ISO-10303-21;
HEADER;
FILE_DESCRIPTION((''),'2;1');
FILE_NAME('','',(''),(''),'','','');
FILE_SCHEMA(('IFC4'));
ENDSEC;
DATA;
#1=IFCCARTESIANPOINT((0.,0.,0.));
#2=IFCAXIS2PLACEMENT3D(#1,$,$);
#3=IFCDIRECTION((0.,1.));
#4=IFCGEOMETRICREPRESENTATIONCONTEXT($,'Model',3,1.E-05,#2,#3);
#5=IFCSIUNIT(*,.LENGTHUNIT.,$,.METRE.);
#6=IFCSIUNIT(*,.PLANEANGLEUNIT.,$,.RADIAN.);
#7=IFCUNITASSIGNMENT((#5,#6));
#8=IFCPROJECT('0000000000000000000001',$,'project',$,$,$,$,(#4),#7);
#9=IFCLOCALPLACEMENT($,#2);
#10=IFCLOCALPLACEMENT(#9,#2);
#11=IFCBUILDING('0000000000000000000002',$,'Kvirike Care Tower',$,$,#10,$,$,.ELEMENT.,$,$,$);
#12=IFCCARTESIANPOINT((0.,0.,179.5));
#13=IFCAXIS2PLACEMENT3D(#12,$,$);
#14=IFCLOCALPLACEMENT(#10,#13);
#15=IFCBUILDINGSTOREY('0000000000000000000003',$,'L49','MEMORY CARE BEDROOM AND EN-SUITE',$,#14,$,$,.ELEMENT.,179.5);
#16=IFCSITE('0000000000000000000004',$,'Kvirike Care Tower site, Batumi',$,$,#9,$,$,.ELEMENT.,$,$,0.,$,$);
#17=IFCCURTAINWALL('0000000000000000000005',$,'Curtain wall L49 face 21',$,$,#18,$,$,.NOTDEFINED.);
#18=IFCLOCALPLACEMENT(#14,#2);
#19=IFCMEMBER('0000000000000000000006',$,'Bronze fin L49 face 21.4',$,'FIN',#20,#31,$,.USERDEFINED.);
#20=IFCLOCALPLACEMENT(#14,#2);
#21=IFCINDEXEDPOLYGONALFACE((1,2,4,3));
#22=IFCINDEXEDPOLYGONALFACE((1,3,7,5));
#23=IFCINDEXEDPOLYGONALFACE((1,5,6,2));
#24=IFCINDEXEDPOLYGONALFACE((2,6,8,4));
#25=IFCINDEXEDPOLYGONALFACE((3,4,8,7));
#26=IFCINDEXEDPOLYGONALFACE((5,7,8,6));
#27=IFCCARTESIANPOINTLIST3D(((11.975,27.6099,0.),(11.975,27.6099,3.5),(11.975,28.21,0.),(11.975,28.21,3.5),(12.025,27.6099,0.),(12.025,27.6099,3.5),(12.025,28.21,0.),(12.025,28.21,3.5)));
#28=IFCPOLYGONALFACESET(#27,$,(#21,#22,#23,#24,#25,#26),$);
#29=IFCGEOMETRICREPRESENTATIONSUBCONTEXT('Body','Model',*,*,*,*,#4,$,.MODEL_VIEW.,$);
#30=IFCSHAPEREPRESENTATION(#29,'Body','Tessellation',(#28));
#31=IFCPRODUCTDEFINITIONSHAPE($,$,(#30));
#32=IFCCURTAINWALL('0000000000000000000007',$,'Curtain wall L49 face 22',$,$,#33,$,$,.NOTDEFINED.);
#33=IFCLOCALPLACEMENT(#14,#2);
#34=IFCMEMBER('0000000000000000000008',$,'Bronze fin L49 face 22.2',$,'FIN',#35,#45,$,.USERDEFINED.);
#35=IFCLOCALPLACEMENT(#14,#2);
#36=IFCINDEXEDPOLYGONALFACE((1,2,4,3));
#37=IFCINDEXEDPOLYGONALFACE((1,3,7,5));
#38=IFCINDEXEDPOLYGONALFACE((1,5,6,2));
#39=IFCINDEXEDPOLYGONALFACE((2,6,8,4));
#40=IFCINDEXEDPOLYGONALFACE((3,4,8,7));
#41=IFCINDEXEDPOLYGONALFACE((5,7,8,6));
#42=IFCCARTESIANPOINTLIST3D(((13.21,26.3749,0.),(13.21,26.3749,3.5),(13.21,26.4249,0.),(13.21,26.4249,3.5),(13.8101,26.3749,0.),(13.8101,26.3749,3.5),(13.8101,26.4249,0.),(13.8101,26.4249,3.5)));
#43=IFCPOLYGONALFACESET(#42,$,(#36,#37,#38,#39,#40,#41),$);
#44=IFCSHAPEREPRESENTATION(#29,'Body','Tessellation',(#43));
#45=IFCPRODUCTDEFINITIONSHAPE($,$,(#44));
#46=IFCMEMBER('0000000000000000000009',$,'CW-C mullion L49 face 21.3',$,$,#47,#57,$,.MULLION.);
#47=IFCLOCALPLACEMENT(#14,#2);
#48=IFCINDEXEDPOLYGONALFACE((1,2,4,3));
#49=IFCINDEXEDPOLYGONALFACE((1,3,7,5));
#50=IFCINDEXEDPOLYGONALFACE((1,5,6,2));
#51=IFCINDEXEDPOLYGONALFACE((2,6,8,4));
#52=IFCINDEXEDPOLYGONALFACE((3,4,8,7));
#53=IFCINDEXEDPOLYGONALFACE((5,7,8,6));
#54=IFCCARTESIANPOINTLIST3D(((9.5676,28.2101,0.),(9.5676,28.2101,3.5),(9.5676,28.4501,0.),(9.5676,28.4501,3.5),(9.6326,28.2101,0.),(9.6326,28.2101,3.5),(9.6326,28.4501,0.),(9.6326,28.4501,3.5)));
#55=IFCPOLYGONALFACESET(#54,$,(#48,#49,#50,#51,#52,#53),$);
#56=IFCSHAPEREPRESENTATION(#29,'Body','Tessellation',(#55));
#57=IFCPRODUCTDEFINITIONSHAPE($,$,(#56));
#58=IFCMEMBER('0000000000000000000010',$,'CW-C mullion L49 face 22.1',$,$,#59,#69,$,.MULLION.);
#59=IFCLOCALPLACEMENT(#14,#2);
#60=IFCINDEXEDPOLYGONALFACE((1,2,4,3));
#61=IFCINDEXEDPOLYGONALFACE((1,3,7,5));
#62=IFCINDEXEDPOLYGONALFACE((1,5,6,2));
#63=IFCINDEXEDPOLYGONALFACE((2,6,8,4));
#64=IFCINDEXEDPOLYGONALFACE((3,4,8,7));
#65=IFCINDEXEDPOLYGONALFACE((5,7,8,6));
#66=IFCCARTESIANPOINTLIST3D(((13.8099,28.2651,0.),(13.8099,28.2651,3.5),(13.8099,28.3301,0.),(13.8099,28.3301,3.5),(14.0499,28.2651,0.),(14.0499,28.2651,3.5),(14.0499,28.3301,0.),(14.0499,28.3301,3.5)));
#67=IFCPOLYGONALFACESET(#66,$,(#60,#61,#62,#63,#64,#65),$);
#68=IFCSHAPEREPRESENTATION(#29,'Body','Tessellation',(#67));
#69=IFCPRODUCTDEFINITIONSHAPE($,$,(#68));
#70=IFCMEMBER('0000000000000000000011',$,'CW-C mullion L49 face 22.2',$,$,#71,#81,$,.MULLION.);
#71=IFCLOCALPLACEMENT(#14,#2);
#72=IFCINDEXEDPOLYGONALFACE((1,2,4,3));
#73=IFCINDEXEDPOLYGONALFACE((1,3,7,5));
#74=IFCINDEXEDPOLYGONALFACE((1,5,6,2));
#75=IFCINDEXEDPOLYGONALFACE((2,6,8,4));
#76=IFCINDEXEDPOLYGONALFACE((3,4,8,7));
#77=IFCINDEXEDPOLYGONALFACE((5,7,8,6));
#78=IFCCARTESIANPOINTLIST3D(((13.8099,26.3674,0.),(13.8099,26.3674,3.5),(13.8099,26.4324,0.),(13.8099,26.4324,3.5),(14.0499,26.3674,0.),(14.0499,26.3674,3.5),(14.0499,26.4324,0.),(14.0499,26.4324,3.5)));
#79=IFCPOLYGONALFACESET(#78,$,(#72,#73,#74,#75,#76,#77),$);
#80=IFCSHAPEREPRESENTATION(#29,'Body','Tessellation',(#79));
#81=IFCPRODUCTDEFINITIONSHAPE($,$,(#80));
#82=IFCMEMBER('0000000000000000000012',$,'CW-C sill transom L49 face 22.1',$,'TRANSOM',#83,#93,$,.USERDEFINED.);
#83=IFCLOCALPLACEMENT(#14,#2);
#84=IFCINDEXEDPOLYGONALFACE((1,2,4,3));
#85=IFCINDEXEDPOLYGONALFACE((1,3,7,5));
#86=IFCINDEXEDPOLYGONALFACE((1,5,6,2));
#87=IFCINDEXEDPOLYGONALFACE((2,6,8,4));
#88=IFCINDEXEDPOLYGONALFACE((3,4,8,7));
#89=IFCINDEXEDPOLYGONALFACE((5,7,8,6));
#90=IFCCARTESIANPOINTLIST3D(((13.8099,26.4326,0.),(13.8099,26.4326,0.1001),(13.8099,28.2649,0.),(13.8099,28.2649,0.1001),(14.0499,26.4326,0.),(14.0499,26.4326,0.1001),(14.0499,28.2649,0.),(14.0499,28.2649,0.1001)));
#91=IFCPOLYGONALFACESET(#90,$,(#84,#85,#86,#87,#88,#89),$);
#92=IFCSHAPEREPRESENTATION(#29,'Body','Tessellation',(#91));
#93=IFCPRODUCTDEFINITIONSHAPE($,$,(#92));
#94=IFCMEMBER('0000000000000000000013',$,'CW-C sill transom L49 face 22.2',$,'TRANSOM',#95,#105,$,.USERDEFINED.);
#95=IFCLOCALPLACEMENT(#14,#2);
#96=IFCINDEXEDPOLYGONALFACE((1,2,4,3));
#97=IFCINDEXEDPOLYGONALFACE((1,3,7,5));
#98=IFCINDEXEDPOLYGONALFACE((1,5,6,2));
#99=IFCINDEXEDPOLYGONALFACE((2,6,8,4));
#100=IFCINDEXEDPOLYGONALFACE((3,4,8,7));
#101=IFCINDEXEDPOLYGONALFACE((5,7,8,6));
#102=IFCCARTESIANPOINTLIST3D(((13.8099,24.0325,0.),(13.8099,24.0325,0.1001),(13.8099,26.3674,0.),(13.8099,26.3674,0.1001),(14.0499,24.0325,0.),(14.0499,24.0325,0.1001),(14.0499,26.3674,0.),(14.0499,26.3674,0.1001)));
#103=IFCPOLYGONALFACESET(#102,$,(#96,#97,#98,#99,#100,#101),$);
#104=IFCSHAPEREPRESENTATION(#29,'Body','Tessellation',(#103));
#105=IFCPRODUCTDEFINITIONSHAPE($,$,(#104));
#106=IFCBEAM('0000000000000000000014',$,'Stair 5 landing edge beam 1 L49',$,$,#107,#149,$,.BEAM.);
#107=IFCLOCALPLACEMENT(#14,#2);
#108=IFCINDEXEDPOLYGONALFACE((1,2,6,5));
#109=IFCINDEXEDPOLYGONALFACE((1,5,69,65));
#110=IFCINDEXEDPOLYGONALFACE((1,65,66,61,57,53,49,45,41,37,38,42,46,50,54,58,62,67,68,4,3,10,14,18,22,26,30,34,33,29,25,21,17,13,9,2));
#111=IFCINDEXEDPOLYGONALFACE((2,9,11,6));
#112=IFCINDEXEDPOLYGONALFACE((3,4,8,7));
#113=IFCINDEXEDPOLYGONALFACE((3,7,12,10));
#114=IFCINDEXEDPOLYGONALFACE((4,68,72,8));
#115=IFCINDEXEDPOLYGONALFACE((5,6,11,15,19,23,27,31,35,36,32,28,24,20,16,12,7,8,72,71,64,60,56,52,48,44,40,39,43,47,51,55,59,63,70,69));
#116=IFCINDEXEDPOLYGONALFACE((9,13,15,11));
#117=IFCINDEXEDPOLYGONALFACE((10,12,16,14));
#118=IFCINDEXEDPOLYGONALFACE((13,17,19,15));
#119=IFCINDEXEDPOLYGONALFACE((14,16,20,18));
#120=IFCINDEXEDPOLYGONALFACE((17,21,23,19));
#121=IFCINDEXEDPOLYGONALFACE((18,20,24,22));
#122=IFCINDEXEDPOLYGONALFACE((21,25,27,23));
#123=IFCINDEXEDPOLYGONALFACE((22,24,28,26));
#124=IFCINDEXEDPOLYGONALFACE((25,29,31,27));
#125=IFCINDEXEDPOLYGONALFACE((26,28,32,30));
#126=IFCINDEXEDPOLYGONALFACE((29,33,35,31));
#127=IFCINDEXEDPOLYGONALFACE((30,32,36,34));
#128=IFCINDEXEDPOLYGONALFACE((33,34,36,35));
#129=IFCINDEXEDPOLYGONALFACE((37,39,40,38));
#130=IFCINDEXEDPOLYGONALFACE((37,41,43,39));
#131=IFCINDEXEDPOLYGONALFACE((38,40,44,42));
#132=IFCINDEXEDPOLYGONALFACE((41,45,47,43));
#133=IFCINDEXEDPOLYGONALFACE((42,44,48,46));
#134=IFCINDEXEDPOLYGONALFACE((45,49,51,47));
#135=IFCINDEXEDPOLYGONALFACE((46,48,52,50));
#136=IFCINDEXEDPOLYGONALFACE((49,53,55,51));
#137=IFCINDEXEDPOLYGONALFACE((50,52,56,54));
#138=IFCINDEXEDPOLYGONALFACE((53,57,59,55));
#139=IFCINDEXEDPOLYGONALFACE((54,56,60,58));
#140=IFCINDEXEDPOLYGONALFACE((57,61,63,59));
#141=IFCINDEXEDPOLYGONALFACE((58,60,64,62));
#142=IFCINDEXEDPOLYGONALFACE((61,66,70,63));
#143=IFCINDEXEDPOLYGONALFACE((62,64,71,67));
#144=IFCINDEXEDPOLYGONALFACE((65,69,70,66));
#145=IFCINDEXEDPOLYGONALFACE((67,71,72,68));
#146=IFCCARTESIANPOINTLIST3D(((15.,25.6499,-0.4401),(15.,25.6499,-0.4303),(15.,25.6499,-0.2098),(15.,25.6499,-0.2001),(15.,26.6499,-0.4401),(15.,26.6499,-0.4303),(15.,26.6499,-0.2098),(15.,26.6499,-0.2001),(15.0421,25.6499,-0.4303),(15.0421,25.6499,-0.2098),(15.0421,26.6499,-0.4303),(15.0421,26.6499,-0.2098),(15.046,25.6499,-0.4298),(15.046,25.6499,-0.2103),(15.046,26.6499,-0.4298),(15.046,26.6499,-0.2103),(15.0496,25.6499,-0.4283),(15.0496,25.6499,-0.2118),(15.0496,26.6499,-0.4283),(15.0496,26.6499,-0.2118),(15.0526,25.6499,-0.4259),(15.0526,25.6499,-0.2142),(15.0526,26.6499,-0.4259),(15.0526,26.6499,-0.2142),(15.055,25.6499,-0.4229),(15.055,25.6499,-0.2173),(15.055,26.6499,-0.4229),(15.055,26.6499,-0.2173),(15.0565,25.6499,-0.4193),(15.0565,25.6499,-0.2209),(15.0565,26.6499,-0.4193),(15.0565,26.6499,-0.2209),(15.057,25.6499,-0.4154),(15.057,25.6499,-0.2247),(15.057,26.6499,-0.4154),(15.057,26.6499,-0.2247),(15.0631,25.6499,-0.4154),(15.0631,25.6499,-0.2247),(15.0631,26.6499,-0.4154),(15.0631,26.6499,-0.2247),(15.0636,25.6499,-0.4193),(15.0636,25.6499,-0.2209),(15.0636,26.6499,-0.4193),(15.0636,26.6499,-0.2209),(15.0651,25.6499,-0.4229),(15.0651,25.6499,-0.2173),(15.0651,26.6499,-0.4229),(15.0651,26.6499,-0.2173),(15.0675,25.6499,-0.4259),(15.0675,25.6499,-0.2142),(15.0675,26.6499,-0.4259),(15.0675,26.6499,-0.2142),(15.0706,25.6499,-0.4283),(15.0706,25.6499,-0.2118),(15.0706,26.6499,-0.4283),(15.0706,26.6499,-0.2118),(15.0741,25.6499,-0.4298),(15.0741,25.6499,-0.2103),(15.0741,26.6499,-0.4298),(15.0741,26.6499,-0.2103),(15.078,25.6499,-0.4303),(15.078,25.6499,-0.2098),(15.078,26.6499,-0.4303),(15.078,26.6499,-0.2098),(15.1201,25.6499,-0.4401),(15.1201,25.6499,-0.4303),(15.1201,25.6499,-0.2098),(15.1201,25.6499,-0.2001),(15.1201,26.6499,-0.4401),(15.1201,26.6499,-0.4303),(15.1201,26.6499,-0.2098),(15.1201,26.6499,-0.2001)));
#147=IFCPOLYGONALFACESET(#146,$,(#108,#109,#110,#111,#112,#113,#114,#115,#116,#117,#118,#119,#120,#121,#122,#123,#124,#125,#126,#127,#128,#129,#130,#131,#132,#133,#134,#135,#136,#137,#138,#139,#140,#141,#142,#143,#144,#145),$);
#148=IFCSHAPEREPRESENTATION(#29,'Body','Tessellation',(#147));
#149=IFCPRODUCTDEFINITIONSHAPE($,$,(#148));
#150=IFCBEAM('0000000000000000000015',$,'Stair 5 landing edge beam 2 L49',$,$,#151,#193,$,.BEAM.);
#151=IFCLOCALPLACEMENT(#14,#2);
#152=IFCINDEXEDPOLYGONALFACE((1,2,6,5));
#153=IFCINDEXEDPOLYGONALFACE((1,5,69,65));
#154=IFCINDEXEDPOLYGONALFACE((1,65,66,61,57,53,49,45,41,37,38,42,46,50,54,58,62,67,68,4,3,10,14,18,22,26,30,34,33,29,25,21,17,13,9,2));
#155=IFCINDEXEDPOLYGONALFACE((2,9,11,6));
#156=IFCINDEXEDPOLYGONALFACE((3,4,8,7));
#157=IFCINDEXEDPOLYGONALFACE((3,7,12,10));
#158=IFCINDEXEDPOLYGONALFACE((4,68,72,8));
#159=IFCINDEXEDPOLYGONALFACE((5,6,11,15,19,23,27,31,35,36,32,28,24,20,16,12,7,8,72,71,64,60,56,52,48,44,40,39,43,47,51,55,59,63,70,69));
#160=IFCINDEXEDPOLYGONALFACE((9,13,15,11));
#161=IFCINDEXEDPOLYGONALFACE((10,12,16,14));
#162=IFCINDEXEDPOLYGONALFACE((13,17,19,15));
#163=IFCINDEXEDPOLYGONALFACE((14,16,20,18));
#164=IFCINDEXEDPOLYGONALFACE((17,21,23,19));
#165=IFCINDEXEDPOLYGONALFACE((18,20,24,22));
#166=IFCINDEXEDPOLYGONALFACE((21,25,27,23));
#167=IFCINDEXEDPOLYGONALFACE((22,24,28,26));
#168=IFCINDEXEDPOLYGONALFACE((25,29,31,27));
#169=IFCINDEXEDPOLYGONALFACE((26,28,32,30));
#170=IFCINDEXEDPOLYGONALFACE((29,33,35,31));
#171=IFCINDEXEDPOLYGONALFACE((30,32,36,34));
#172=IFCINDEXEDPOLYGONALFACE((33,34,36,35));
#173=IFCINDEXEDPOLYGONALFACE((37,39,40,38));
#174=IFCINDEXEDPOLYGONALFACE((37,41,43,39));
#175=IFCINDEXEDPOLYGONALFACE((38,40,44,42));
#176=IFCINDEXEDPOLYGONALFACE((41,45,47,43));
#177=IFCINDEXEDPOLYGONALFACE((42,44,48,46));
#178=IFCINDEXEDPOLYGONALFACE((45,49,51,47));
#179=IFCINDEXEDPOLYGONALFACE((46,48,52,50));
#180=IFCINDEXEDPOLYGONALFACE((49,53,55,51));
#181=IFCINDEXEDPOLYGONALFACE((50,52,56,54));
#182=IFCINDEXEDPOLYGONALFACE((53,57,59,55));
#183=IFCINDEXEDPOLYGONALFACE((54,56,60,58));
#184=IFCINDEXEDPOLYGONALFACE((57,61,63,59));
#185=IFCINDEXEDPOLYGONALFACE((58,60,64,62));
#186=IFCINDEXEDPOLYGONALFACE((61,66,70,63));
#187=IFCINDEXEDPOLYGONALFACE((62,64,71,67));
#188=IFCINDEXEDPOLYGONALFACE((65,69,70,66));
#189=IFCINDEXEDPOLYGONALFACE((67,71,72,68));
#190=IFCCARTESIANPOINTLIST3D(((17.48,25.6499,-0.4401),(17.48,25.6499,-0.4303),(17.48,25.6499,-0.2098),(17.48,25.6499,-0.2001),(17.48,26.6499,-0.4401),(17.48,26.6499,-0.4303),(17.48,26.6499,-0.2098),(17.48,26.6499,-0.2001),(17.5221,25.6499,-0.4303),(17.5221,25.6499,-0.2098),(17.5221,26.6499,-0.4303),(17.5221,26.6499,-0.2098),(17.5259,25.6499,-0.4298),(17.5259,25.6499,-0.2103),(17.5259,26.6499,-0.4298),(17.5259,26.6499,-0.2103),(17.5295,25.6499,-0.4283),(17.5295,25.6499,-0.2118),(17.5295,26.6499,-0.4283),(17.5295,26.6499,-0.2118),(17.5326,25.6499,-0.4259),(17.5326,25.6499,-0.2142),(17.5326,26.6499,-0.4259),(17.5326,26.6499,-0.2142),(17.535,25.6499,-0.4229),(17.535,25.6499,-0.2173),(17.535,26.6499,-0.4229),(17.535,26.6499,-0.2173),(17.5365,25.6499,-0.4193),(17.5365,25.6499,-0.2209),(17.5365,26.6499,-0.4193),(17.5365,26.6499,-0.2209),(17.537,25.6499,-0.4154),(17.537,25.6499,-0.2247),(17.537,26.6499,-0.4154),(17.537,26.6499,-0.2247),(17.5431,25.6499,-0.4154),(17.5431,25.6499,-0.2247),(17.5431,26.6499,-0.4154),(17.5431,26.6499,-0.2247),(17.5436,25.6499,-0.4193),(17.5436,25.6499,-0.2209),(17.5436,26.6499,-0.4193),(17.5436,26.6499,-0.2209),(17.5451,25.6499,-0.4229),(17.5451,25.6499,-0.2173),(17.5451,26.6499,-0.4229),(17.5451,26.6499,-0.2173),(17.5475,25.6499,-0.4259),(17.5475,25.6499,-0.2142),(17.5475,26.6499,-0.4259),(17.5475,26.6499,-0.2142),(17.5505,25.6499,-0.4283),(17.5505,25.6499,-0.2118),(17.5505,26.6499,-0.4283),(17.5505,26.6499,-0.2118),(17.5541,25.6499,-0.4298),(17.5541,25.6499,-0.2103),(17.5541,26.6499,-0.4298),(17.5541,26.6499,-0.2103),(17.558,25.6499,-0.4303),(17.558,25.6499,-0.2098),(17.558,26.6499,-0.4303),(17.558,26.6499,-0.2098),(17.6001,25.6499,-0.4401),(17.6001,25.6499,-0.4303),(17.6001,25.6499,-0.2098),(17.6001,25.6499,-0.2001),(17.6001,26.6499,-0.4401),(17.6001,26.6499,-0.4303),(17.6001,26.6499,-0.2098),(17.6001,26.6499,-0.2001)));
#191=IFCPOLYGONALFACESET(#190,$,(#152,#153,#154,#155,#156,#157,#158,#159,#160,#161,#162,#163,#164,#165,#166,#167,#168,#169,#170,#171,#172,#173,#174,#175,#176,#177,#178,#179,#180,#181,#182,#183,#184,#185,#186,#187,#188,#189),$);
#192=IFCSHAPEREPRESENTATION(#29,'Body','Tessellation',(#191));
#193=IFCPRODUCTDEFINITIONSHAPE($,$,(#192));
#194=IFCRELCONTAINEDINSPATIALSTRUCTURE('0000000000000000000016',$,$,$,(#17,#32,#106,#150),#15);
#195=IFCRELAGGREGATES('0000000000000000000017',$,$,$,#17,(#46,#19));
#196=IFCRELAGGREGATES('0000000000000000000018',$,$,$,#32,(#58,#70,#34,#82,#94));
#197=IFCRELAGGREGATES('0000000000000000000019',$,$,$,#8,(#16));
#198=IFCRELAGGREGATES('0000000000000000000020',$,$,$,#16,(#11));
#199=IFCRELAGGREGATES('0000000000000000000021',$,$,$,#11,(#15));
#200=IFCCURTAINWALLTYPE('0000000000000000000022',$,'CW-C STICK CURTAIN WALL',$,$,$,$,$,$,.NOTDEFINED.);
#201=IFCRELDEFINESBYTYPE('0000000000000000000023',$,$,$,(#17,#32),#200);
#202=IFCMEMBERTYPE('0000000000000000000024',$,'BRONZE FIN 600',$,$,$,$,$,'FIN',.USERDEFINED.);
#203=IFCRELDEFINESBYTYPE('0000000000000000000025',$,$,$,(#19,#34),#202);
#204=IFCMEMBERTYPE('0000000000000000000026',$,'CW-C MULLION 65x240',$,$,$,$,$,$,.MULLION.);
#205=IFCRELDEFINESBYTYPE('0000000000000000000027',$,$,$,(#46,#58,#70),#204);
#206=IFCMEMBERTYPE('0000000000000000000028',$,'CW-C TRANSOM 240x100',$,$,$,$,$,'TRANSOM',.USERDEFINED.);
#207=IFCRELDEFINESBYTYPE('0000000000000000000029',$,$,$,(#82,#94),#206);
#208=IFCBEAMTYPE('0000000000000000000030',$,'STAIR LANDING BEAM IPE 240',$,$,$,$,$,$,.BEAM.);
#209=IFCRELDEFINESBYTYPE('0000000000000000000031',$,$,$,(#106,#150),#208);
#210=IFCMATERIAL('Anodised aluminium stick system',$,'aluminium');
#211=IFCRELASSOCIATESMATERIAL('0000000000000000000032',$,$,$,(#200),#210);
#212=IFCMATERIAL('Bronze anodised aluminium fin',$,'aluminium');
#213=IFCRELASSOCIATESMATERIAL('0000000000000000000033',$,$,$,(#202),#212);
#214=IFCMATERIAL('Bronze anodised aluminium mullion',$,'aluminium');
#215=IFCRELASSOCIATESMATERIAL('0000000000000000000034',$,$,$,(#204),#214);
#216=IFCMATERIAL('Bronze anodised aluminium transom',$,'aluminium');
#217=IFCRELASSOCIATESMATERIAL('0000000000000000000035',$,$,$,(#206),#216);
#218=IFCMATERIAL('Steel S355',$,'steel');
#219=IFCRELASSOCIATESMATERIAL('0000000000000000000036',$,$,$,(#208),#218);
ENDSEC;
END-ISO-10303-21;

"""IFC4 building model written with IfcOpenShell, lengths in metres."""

from ifc_helpers import new_model, si_unit, direction, frame, origin, origin_2d, place, context, subcontext, project, spatial, rectangle, i_section, extrude, material, material_profile, profile_set, type_object, element, aggregate, save


model = new_model("IFC4")

# Units and contexts
model_context = context("Model", 3, precision=1e-05, world=origin(), true_north=direction((0.0, 1.0)))
body_context = subcontext(model_context, "Body", "Model", "MODEL_VIEW")
ifc_project = project(units=[si_unit("LENGTHUNIT", "METRE"), si_unit("PLANEANGLEUNIT", "RADIAN")], contexts=[model_context])

# Site, building, storey
site_placement = place(None, origin())
site = spatial("IfcSite", under=ifc_project, at=site_placement, Name="Kvirike Care Tower site, Batumi", CompositionType="ELEMENT", RefElevation=0.0)
building_placement = place(site_placement, origin())
building = spatial("IfcBuilding", under=site, at=building_placement, Name="Kvirike Care Tower", CompositionType="ELEMENT")
storey_placement = place(building_placement, frame((0.0, 0.0, 179.5)))
storey = spatial("IfcBuildingStorey", under=building, at=storey_placement, Name="L49", Description="MEMORY CARE BEDROOM AND EN-SUITE", CompositionType="ELEMENT", Elevation=179.5)

# Curtain walls, members
ifc_material_1 = material(Name="Anodised aluminium stick system", Category="aluminium")
curtain_wall_type = type_object("IfcCurtainWallType", Name="CW-C STICK CURTAIN WALL", PredefinedType="NOTDEFINED", material=ifc_material_1)
curtain_wall_1_placement = place(storey_placement, origin())
curtain_wall_1 = element("IfcCurtainWall", 1, at=curtain_wall_1_placement, inside=storey, type_object=curtain_wall_type, Name="Curtain wall L49 face 21", PredefinedType="NOTDEFINED")
ifc_material_2 = material(Name="Bronze anodised aluminium fin", Category="aluminium")
ifc_material_profile_1 = material_profile(ifc_material_2, rectangle(XDim=0.05, YDim=0.6001, at=origin_2d()), Name="BRONZE FIN 600")
ifc_profile_set_1 = profile_set([ifc_material_profile_1], Name="Bronze anodised aluminium fin")
member_type_1 = type_object("IfcMemberType", Name="BRONZE FIN 600", ElementType="FIN", PredefinedType="USERDEFINED", material=ifc_profile_set_1)
member_1_placement = place(storey_placement, frame((12.0, 27.9099, 0.0), z_axis=(0.0, 0.0, 1.0), x_axis=(1.0, 0.0, 0.0)))
member_1 = element("IfcMember", 2, at=member_1_placement, type_object=member_type_1, Name="Bronze fin L49 face 21.4", ObjectType="FIN", PredefinedType="USERDEFINED", context=body_context, shape_type="SweptSolid", body=[
    extrude(rectangle(XDim=0.05, YDim=0.6001, at=origin_2d()), origin(), (0.0, 0.0, 1.0), 3.5),
])
curtain_wall_2_placement = place(storey_placement, origin())
curtain_wall_2 = element("IfcCurtainWall", 3, at=curtain_wall_2_placement, inside=storey, type_object=curtain_wall_type, Name="Curtain wall L49 face 22", PredefinedType="NOTDEFINED")
member_2_placement = place(storey_placement, frame((13.51, 26.3999, 0.0), z_axis=(0.0, 0.0, 1.0), x_axis=(0.0, -1.0, 0.0)))
member_2 = element("IfcMember", 4, at=member_2_placement, type_object=member_type_1, Name="Bronze fin L49 face 22.2", ObjectType="FIN", PredefinedType="USERDEFINED", context=body_context, shape_type="SweptSolid", body=[
    extrude(rectangle(XDim=0.05, YDim=0.6001, at=origin_2d()), origin(), (0.0, 0.0, 1.0), 3.5),
])

# Members
ifc_material_3 = material(Name="Bronze anodised aluminium mullion", Category="aluminium")
ifc_material_profile_2 = material_profile(ifc_material_3, rectangle(XDim=0.0649, YDim=0.24, at=origin_2d()), Name="CW-C MULLION 65x240")
ifc_profile_set_2 = profile_set([ifc_material_profile_2], Name="Bronze anodised aluminium mullion")
member_type_2 = type_object("IfcMemberType", Name="CW-C MULLION 65x240", PredefinedType="MULLION", material=ifc_profile_set_2)
member_3_placement = place(storey_placement, frame((9.6001, 28.3301, 0.0), z_axis=(0.0, 0.0, 1.0), x_axis=(1.0, 0.0, 0.0)))
member_3 = element("IfcMember", 5, at=member_3_placement, type_object=member_type_2, Name="CW-C mullion L49 face 21.3", PredefinedType="MULLION", context=body_context, shape_type="SweptSolid", body=[
    extrude(rectangle(XDim=0.0649, YDim=0.24, at=origin_2d()), origin(), (0.0, 0.0, 1.0), 3.5),
])
aggregate(curtain_wall_1, [member_3, member_1])
member_4_placement = place(storey_placement, frame((13.9299, 28.2976, 0.0), z_axis=(0.0, 0.0, 1.0), x_axis=(0.0, -1.0, 0.0)))
member_4 = element("IfcMember", 6, at=member_4_placement, type_object=member_type_2, Name="CW-C mullion L49 face 22.1", PredefinedType="MULLION", context=body_context, shape_type="SweptSolid", body=[
    extrude(rectangle(XDim=0.0649, YDim=0.24, at=origin_2d()), origin(), (0.0, 0.0, 1.0), 3.5),
])
member_5_placement = place(storey_placement, frame((13.9299, 26.3999, 0.0), z_axis=(0.0, 0.0, 1.0), x_axis=(0.0, -1.0, 0.0)))
member_5 = element("IfcMember", 7, at=member_5_placement, type_object=member_type_2, Name="CW-C mullion L49 face 22.2", PredefinedType="MULLION", context=body_context, shape_type="SweptSolid", body=[
    extrude(rectangle(XDim=0.0649, YDim=0.24, at=origin_2d()), origin(), (0.0, 0.0, 1.0), 3.5),
])
ifc_material_4 = material(Name="Bronze anodised aluminium transom", Category="aluminium")
ifc_material_profile_3 = material_profile(ifc_material_4, rectangle(XDim=0.24, YDim=0.1001, at=origin_2d()), Name="CW-C TRANSOM 240x100")
ifc_profile_set_3 = profile_set([ifc_material_profile_3], Name="Bronze anodised aluminium transom")
member_type_3 = type_object("IfcMemberType", Name="CW-C TRANSOM 240x100", ElementType="TRANSOM", PredefinedType="USERDEFINED", material=ifc_profile_set_3)
member_6_placement = place(storey_placement, frame((13.9299, 28.2649, 0.05), z_axis=(0.0, -1.0, 0.0), x_axis=(1.0, 0.0, 0.0)))
member_6 = element("IfcMember", 8, at=member_6_placement, type_object=member_type_3, Name="CW-C sill transom L49 face 22.1", ObjectType="TRANSOM", PredefinedType="USERDEFINED", context=body_context, shape_type="SweptSolid", body=[
    extrude(rectangle(XDim=0.24, YDim=0.1001, at=origin_2d()), origin(), (0.0, 0.0, 1.0), 1.8323),
])
member_7_placement = place(storey_placement, frame((13.9299, 26.3674, 0.05), z_axis=(0.0, -1.0, 0.0), x_axis=(1.0, 0.0, 0.0)))
member_7 = element("IfcMember", 9, at=member_7_placement, type_object=member_type_3, Name="CW-C sill transom L49 face 22.2", ObjectType="TRANSOM", PredefinedType="USERDEFINED", context=body_context, shape_type="SweptSolid", body=[
    extrude(rectangle(XDim=0.24, YDim=0.1001, at=origin_2d()), origin(), (0.0, 0.0, 1.0), 2.335),
])

# Beams
ifc_material_5 = material(Name="Steel S355", Category="steel")
ifc_material_profile_4 = material_profile(ifc_material_5, i_section(OverallWidth=0.1201, OverallDepth=0.24, WebThickness=0.0061, FlangeThickness=0.0098, FilletRadius=0.0149, at=origin_2d()), Name="IPE 240")
ifc_profile_set_4 = profile_set([ifc_material_profile_4], Name="Steel S355")
beam_type_1 = type_object("IfcBeamType", Name="STAIR LANDING BEAM IPE 240", PredefinedType="BEAM", material=ifc_profile_set_4)
for number, where, z_axis, x_axis, name in (
    (10, (15.0601, 25.6499, -0.3201), (0.0, 1.0, 0.0), (-1.0, 0.0, 0.0), "Stair 5 landing edge beam 1 L49"),
    (11, (17.54, 25.6499, -0.3201), (0.0, 1.0, 0.0), (-1.0, 0.0, 0.0), "Stair 5 landing edge beam 2 L49"),
):
    element("IfcBeam", number, at=place(storey_placement, frame(where, z_axis=z_axis, x_axis=x_axis)), inside=storey, type_object=beam_type_1, Name=name, PredefinedType="BEAM", context=body_context, shape_type="SweptSolid", body=[
        extrude(i_section(OverallWidth=0.1201, OverallDepth=0.24, WebThickness=0.0061, FlangeThickness=0.0098, FilletRadius=0.0149, at=origin_2d()), origin(), (0.0, 0.0, 1.0), 1.0),
    ])

aggregate(curtain_wall_2, [member_4, member_5, member_2, member_6, member_7])

save(model, "model.ifc")
